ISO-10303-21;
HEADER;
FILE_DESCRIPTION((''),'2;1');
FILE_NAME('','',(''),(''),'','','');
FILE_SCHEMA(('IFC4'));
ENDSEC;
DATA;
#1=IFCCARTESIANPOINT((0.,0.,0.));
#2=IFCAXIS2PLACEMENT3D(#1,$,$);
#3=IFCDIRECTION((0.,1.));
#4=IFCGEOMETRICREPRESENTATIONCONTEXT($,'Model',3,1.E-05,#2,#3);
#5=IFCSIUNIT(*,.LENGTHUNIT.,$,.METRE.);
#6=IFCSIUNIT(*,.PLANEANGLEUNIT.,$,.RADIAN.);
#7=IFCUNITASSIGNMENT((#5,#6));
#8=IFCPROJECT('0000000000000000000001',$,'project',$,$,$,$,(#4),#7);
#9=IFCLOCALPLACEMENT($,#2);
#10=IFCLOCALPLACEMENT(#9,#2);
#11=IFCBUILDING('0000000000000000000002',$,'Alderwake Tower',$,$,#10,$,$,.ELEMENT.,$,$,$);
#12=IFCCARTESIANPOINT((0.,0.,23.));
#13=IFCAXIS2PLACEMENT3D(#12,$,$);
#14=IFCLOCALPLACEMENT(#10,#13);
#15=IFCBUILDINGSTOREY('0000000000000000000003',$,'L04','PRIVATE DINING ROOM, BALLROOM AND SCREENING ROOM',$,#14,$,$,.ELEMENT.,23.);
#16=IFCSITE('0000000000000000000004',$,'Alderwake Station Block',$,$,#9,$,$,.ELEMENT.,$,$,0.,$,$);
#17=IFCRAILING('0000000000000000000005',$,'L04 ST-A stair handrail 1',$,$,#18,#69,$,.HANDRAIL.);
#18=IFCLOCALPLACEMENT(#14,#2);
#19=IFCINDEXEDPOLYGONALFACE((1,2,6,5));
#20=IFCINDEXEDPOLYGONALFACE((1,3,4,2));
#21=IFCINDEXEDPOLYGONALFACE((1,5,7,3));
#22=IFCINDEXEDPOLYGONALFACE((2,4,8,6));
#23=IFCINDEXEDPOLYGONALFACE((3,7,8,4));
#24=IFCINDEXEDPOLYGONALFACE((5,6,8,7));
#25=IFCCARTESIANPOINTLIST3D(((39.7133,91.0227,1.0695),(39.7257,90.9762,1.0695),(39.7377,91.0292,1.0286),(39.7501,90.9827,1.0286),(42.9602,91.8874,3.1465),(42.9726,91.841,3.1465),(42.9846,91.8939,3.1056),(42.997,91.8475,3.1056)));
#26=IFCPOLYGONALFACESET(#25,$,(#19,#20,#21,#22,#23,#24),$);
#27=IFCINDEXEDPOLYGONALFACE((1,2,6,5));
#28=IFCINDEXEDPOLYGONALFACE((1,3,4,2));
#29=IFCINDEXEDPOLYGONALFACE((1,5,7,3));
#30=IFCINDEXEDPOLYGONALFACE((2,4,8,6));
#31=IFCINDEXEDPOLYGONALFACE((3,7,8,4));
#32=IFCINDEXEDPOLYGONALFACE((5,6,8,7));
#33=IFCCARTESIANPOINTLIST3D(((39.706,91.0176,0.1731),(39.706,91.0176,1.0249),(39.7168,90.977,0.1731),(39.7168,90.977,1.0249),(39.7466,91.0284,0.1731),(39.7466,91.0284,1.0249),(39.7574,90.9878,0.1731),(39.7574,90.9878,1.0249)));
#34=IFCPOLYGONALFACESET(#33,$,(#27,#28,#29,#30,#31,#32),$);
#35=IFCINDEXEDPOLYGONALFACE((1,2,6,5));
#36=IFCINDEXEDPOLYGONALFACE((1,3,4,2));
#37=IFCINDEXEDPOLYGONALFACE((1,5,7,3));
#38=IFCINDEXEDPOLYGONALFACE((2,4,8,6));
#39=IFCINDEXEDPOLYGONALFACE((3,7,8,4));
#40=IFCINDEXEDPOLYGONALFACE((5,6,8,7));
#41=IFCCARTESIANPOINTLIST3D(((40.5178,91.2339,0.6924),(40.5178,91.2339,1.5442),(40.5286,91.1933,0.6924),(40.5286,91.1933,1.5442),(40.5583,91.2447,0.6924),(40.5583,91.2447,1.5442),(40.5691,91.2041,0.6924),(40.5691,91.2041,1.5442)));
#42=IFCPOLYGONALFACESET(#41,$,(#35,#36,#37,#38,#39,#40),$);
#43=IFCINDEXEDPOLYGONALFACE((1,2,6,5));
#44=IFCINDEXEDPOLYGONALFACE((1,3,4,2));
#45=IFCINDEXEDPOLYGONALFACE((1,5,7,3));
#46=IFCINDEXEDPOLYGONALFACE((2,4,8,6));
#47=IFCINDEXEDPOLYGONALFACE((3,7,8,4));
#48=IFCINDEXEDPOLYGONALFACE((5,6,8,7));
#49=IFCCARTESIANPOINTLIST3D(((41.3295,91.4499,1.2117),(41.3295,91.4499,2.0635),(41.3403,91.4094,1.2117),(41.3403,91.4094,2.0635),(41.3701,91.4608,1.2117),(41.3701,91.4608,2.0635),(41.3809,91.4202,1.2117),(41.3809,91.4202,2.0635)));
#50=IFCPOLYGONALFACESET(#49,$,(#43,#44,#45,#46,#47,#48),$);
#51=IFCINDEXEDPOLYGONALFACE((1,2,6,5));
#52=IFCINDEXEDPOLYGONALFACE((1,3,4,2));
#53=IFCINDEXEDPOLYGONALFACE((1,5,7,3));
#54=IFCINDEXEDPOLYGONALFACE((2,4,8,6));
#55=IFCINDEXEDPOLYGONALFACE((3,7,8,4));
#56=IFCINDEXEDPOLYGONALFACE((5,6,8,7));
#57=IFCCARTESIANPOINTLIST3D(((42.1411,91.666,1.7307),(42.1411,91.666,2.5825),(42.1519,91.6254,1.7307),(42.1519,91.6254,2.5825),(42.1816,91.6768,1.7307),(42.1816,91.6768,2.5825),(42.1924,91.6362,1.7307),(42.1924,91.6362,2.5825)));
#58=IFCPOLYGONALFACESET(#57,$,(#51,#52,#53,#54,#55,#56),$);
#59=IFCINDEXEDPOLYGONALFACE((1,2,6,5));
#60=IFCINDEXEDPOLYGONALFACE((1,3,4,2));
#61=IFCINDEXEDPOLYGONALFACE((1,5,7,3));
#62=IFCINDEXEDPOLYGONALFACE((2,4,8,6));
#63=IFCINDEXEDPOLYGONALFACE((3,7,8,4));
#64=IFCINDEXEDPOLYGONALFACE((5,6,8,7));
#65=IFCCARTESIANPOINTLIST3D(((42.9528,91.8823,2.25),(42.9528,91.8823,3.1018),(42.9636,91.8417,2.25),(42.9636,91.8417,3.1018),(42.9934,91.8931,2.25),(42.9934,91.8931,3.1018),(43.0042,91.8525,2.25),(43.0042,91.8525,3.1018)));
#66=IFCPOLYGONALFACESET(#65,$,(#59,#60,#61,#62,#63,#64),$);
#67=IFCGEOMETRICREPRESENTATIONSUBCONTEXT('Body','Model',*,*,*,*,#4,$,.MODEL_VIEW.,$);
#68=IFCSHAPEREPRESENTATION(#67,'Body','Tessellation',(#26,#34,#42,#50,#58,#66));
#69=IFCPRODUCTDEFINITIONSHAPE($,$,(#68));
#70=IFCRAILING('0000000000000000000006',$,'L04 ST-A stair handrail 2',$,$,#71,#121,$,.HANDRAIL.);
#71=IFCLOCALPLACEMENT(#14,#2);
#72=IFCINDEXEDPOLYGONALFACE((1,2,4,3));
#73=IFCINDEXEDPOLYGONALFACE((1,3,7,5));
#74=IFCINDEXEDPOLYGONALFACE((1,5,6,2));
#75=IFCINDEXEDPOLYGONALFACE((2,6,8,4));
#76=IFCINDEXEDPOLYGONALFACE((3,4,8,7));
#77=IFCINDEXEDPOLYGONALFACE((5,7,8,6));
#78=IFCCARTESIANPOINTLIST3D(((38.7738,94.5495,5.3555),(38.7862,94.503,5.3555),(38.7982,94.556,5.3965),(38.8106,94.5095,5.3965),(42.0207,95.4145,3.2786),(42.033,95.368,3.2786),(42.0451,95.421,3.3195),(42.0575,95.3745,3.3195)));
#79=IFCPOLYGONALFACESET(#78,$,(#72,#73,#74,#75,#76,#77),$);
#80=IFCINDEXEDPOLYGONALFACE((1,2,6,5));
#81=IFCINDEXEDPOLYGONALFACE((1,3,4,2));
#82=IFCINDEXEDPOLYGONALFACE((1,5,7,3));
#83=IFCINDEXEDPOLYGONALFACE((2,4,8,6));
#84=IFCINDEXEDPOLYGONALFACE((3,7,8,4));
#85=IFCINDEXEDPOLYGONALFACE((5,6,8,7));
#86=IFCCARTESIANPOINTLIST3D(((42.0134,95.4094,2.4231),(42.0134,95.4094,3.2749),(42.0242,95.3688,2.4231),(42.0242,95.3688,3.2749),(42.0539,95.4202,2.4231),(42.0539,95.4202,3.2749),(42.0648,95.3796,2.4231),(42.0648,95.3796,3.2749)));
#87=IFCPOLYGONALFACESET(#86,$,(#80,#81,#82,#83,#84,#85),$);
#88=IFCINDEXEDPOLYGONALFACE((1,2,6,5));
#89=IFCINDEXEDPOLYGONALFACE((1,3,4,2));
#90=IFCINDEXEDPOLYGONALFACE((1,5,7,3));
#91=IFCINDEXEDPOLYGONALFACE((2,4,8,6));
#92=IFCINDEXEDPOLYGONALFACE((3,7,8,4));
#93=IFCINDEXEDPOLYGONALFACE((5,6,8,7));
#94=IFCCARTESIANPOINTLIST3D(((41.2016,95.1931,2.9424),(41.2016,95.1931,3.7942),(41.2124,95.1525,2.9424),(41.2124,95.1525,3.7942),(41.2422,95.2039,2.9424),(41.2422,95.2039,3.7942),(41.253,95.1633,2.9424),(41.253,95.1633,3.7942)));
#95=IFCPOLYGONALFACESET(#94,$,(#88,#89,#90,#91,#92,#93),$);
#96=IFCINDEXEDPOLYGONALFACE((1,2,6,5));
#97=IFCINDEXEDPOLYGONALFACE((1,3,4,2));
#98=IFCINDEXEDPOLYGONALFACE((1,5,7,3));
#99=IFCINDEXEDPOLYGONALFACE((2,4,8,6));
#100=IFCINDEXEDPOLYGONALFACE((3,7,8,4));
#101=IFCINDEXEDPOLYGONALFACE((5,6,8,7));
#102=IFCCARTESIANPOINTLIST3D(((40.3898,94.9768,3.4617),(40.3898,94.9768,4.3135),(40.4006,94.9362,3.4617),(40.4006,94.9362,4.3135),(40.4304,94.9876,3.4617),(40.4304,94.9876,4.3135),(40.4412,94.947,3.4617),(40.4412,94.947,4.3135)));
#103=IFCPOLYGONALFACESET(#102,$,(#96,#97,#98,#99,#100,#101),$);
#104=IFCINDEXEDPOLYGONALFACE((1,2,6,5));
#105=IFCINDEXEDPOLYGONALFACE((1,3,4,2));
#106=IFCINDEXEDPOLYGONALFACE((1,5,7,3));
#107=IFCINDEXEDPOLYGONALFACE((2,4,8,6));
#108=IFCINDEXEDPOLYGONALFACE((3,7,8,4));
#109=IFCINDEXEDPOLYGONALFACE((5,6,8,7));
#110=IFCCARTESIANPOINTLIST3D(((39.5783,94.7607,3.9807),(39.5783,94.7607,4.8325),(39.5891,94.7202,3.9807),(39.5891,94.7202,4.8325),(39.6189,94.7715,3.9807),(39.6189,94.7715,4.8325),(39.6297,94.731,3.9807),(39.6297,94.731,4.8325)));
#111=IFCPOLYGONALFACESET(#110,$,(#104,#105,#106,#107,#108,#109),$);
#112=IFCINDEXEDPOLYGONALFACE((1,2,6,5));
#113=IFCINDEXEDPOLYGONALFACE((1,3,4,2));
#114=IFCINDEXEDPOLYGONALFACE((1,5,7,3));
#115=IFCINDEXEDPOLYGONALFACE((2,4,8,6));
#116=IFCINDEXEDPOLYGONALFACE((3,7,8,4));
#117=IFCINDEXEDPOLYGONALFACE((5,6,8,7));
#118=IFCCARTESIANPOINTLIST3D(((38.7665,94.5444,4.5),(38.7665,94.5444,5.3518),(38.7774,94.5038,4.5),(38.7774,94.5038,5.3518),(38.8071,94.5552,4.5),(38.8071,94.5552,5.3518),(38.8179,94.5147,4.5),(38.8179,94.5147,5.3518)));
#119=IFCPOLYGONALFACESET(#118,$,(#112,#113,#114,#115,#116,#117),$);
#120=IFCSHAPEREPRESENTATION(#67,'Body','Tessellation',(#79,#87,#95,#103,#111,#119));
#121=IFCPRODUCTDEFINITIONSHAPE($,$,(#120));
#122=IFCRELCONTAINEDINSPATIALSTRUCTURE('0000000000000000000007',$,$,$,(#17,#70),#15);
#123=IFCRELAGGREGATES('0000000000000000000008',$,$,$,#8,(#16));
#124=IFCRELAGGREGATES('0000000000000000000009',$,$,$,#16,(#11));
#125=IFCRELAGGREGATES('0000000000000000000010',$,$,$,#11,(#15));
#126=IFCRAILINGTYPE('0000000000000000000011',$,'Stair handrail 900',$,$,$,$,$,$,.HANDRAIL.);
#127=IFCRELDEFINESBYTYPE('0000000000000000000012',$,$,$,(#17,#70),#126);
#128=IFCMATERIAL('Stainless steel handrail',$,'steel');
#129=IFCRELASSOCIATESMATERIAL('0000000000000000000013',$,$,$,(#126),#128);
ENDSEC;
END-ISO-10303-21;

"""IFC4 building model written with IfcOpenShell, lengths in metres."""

from ifc_helpers import new_model, si_unit, direction, frame, origin, origin_2d, place, context, subcontext, project, spatial, rectangle, extrude, material, type_object, element, save


model = new_model("IFC4")

# Units and contexts
model_context = context("Model", 3, precision=1e-05, world=origin(), true_north=direction((0.0, 1.0)))
body_context = subcontext(model_context, "Body", "Model", "MODEL_VIEW")
ifc_project = project(units=[si_unit("LENGTHUNIT", "METRE"), si_unit("PLANEANGLEUNIT", "RADIAN")], contexts=[model_context])

# Site, building, storey
site_placement = place(None, origin())
site = spatial("IfcSite", under=ifc_project, at=site_placement, Name="Alderwake Station Block", CompositionType="ELEMENT", RefElevation=0.0)
building_placement = place(site_placement, origin())
building = spatial("IfcBuilding", under=site, at=building_placement, Name="Alderwake Tower", CompositionType="ELEMENT")
storey_placement = place(building_placement, frame((0.0, 0.0, 23.0)))
storey = spatial("IfcBuildingStorey", under=building, at=storey_placement, Name="L04", Description="PRIVATE DINING ROOM, BALLROOM AND SCREENING ROOM", CompositionType="ELEMENT", Elevation=23.0)

# Railings
ifc_material_1 = material(Name="Stainless steel handrail", Category="steel")
railing_type_1 = type_object("IfcRailingType", Name="Stair handrail 900", PredefinedType="HANDRAIL", material=ifc_material_1)
railing_1_placement = place(storey_placement, frame((39.7317, 91.0027, 0.1731)))
element("IfcRailing", 1, at=railing_1_placement, inside=storey, type_object=railing_type_1, Name="L04 ST-A stair handrail 1", PredefinedType="HANDRAIL", context=body_context, shape_type="SweptSolid", body=[
    extrude(rectangle(XDim=0.0481, YDim=0.0481, at=origin_2d()), frame((0.0, 0.0, 0.876), z_axis=(0.821963, 0.218918, 0.525787), x_axis=(-0.257364, 0.966314, 0.0)), (0.0, 0.0, 1.0), 3.9502),
    extrude(rectangle(XDim=0.042, YDim=0.042, at=origin_2d()), frame((0.0, 0.0, 0.0), z_axis=(0.0, 0.0, 1.0), x_axis=(0.966314, 0.257364, 0.0)), (0.0, 0.0, 1.0), 0.8518),
    extrude(rectangle(XDim=0.042, YDim=0.042, at=origin_2d()), frame((0.8118, 0.2163, 0.5193), z_axis=(0.0, 0.0, 1.0), x_axis=(0.966314, 0.257364, 0.0)), (0.0, 0.0, 1.0), 0.8518),
    extrude(rectangle(XDim=0.042, YDim=0.042, at=origin_2d()), frame((1.6235, 0.4324, 1.0386), z_axis=(0.0, 0.0, 1.0), x_axis=(0.966314, 0.257364, 0.0)), (0.0, 0.0, 1.0), 0.8518),
    extrude(rectangle(XDim=0.042, YDim=0.042, at=origin_2d()), frame((2.4351, 0.6484, 1.5576), z_axis=(0.0, 0.0, 1.0), x_axis=(0.966314, 0.257364, 0.0)), (0.0, 0.0, 1.0), 0.8518),
    extrude(rectangle(XDim=0.042, YDim=0.042, at=origin_2d()), frame((3.2468, 0.8647, 2.0769), z_axis=(0.0, 0.0, 1.0), x_axis=(0.966314, 0.257364, 0.0)), (0.0, 0.0, 1.0), 0.8518),
])
railing_2_placement = place(storey_placement, frame((42.0391, 95.3945, 2.4231)))
element("IfcRailing", 2, at=railing_2_placement, inside=storey, type_object=railing_type_1, Name="L04 ST-A stair handrail 2", PredefinedType="HANDRAIL", context=body_context, shape_type="SweptSolid", body=[
    extrude(rectangle(XDim=0.0481, YDim=0.0481, at=origin_2d()), frame((0.0, 0.0, 0.876), z_axis=(-0.821952, -0.218977, 0.52578), x_axis=(0.257432, -0.966296, 0.0)), (0.0, 0.0, 1.0), 3.9502),
    extrude(rectangle(XDim=0.042, YDim=0.042, at=origin_2d()), frame((0.0, 0.0, 0.0), z_axis=(0.0, 0.0, 1.0), x_axis=(-0.966296, -0.257432, 0.0)), (0.0, 0.0, 1.0), 0.8518),
    extrude(rectangle(XDim=0.042, YDim=0.042, at=origin_2d()), frame((-0.8118, -0.2163, 0.5193), z_axis=(0.0, 0.0, 1.0), x_axis=(-0.966296, -0.257432, 0.0)), (0.0, 0.0, 1.0), 0.8518),
    extrude(rectangle(XDim=0.042, YDim=0.042, at=origin_2d()), frame((-1.6235, -0.4326, 1.0386), z_axis=(0.0, 0.0, 1.0), x_axis=(-0.966296, -0.257432, 0.0)), (0.0, 0.0, 1.0), 0.8518),
    extrude(rectangle(XDim=0.042, YDim=0.042, at=origin_2d()), frame((-2.4351, -0.6487, 1.5576), z_axis=(0.0, 0.0, 1.0), x_axis=(-0.966296, -0.257432, 0.0)), (0.0, 0.0, 1.0), 0.8518),
    extrude(rectangle(XDim=0.042, YDim=0.042, at=origin_2d()), frame((-3.2468, -0.865, 2.0769), z_axis=(0.0, 0.0, 1.0), x_axis=(-0.966296, -0.257432, 0.0)), (0.0, 0.0, 1.0), 0.8518),
])

save(model, "model.ifc")
